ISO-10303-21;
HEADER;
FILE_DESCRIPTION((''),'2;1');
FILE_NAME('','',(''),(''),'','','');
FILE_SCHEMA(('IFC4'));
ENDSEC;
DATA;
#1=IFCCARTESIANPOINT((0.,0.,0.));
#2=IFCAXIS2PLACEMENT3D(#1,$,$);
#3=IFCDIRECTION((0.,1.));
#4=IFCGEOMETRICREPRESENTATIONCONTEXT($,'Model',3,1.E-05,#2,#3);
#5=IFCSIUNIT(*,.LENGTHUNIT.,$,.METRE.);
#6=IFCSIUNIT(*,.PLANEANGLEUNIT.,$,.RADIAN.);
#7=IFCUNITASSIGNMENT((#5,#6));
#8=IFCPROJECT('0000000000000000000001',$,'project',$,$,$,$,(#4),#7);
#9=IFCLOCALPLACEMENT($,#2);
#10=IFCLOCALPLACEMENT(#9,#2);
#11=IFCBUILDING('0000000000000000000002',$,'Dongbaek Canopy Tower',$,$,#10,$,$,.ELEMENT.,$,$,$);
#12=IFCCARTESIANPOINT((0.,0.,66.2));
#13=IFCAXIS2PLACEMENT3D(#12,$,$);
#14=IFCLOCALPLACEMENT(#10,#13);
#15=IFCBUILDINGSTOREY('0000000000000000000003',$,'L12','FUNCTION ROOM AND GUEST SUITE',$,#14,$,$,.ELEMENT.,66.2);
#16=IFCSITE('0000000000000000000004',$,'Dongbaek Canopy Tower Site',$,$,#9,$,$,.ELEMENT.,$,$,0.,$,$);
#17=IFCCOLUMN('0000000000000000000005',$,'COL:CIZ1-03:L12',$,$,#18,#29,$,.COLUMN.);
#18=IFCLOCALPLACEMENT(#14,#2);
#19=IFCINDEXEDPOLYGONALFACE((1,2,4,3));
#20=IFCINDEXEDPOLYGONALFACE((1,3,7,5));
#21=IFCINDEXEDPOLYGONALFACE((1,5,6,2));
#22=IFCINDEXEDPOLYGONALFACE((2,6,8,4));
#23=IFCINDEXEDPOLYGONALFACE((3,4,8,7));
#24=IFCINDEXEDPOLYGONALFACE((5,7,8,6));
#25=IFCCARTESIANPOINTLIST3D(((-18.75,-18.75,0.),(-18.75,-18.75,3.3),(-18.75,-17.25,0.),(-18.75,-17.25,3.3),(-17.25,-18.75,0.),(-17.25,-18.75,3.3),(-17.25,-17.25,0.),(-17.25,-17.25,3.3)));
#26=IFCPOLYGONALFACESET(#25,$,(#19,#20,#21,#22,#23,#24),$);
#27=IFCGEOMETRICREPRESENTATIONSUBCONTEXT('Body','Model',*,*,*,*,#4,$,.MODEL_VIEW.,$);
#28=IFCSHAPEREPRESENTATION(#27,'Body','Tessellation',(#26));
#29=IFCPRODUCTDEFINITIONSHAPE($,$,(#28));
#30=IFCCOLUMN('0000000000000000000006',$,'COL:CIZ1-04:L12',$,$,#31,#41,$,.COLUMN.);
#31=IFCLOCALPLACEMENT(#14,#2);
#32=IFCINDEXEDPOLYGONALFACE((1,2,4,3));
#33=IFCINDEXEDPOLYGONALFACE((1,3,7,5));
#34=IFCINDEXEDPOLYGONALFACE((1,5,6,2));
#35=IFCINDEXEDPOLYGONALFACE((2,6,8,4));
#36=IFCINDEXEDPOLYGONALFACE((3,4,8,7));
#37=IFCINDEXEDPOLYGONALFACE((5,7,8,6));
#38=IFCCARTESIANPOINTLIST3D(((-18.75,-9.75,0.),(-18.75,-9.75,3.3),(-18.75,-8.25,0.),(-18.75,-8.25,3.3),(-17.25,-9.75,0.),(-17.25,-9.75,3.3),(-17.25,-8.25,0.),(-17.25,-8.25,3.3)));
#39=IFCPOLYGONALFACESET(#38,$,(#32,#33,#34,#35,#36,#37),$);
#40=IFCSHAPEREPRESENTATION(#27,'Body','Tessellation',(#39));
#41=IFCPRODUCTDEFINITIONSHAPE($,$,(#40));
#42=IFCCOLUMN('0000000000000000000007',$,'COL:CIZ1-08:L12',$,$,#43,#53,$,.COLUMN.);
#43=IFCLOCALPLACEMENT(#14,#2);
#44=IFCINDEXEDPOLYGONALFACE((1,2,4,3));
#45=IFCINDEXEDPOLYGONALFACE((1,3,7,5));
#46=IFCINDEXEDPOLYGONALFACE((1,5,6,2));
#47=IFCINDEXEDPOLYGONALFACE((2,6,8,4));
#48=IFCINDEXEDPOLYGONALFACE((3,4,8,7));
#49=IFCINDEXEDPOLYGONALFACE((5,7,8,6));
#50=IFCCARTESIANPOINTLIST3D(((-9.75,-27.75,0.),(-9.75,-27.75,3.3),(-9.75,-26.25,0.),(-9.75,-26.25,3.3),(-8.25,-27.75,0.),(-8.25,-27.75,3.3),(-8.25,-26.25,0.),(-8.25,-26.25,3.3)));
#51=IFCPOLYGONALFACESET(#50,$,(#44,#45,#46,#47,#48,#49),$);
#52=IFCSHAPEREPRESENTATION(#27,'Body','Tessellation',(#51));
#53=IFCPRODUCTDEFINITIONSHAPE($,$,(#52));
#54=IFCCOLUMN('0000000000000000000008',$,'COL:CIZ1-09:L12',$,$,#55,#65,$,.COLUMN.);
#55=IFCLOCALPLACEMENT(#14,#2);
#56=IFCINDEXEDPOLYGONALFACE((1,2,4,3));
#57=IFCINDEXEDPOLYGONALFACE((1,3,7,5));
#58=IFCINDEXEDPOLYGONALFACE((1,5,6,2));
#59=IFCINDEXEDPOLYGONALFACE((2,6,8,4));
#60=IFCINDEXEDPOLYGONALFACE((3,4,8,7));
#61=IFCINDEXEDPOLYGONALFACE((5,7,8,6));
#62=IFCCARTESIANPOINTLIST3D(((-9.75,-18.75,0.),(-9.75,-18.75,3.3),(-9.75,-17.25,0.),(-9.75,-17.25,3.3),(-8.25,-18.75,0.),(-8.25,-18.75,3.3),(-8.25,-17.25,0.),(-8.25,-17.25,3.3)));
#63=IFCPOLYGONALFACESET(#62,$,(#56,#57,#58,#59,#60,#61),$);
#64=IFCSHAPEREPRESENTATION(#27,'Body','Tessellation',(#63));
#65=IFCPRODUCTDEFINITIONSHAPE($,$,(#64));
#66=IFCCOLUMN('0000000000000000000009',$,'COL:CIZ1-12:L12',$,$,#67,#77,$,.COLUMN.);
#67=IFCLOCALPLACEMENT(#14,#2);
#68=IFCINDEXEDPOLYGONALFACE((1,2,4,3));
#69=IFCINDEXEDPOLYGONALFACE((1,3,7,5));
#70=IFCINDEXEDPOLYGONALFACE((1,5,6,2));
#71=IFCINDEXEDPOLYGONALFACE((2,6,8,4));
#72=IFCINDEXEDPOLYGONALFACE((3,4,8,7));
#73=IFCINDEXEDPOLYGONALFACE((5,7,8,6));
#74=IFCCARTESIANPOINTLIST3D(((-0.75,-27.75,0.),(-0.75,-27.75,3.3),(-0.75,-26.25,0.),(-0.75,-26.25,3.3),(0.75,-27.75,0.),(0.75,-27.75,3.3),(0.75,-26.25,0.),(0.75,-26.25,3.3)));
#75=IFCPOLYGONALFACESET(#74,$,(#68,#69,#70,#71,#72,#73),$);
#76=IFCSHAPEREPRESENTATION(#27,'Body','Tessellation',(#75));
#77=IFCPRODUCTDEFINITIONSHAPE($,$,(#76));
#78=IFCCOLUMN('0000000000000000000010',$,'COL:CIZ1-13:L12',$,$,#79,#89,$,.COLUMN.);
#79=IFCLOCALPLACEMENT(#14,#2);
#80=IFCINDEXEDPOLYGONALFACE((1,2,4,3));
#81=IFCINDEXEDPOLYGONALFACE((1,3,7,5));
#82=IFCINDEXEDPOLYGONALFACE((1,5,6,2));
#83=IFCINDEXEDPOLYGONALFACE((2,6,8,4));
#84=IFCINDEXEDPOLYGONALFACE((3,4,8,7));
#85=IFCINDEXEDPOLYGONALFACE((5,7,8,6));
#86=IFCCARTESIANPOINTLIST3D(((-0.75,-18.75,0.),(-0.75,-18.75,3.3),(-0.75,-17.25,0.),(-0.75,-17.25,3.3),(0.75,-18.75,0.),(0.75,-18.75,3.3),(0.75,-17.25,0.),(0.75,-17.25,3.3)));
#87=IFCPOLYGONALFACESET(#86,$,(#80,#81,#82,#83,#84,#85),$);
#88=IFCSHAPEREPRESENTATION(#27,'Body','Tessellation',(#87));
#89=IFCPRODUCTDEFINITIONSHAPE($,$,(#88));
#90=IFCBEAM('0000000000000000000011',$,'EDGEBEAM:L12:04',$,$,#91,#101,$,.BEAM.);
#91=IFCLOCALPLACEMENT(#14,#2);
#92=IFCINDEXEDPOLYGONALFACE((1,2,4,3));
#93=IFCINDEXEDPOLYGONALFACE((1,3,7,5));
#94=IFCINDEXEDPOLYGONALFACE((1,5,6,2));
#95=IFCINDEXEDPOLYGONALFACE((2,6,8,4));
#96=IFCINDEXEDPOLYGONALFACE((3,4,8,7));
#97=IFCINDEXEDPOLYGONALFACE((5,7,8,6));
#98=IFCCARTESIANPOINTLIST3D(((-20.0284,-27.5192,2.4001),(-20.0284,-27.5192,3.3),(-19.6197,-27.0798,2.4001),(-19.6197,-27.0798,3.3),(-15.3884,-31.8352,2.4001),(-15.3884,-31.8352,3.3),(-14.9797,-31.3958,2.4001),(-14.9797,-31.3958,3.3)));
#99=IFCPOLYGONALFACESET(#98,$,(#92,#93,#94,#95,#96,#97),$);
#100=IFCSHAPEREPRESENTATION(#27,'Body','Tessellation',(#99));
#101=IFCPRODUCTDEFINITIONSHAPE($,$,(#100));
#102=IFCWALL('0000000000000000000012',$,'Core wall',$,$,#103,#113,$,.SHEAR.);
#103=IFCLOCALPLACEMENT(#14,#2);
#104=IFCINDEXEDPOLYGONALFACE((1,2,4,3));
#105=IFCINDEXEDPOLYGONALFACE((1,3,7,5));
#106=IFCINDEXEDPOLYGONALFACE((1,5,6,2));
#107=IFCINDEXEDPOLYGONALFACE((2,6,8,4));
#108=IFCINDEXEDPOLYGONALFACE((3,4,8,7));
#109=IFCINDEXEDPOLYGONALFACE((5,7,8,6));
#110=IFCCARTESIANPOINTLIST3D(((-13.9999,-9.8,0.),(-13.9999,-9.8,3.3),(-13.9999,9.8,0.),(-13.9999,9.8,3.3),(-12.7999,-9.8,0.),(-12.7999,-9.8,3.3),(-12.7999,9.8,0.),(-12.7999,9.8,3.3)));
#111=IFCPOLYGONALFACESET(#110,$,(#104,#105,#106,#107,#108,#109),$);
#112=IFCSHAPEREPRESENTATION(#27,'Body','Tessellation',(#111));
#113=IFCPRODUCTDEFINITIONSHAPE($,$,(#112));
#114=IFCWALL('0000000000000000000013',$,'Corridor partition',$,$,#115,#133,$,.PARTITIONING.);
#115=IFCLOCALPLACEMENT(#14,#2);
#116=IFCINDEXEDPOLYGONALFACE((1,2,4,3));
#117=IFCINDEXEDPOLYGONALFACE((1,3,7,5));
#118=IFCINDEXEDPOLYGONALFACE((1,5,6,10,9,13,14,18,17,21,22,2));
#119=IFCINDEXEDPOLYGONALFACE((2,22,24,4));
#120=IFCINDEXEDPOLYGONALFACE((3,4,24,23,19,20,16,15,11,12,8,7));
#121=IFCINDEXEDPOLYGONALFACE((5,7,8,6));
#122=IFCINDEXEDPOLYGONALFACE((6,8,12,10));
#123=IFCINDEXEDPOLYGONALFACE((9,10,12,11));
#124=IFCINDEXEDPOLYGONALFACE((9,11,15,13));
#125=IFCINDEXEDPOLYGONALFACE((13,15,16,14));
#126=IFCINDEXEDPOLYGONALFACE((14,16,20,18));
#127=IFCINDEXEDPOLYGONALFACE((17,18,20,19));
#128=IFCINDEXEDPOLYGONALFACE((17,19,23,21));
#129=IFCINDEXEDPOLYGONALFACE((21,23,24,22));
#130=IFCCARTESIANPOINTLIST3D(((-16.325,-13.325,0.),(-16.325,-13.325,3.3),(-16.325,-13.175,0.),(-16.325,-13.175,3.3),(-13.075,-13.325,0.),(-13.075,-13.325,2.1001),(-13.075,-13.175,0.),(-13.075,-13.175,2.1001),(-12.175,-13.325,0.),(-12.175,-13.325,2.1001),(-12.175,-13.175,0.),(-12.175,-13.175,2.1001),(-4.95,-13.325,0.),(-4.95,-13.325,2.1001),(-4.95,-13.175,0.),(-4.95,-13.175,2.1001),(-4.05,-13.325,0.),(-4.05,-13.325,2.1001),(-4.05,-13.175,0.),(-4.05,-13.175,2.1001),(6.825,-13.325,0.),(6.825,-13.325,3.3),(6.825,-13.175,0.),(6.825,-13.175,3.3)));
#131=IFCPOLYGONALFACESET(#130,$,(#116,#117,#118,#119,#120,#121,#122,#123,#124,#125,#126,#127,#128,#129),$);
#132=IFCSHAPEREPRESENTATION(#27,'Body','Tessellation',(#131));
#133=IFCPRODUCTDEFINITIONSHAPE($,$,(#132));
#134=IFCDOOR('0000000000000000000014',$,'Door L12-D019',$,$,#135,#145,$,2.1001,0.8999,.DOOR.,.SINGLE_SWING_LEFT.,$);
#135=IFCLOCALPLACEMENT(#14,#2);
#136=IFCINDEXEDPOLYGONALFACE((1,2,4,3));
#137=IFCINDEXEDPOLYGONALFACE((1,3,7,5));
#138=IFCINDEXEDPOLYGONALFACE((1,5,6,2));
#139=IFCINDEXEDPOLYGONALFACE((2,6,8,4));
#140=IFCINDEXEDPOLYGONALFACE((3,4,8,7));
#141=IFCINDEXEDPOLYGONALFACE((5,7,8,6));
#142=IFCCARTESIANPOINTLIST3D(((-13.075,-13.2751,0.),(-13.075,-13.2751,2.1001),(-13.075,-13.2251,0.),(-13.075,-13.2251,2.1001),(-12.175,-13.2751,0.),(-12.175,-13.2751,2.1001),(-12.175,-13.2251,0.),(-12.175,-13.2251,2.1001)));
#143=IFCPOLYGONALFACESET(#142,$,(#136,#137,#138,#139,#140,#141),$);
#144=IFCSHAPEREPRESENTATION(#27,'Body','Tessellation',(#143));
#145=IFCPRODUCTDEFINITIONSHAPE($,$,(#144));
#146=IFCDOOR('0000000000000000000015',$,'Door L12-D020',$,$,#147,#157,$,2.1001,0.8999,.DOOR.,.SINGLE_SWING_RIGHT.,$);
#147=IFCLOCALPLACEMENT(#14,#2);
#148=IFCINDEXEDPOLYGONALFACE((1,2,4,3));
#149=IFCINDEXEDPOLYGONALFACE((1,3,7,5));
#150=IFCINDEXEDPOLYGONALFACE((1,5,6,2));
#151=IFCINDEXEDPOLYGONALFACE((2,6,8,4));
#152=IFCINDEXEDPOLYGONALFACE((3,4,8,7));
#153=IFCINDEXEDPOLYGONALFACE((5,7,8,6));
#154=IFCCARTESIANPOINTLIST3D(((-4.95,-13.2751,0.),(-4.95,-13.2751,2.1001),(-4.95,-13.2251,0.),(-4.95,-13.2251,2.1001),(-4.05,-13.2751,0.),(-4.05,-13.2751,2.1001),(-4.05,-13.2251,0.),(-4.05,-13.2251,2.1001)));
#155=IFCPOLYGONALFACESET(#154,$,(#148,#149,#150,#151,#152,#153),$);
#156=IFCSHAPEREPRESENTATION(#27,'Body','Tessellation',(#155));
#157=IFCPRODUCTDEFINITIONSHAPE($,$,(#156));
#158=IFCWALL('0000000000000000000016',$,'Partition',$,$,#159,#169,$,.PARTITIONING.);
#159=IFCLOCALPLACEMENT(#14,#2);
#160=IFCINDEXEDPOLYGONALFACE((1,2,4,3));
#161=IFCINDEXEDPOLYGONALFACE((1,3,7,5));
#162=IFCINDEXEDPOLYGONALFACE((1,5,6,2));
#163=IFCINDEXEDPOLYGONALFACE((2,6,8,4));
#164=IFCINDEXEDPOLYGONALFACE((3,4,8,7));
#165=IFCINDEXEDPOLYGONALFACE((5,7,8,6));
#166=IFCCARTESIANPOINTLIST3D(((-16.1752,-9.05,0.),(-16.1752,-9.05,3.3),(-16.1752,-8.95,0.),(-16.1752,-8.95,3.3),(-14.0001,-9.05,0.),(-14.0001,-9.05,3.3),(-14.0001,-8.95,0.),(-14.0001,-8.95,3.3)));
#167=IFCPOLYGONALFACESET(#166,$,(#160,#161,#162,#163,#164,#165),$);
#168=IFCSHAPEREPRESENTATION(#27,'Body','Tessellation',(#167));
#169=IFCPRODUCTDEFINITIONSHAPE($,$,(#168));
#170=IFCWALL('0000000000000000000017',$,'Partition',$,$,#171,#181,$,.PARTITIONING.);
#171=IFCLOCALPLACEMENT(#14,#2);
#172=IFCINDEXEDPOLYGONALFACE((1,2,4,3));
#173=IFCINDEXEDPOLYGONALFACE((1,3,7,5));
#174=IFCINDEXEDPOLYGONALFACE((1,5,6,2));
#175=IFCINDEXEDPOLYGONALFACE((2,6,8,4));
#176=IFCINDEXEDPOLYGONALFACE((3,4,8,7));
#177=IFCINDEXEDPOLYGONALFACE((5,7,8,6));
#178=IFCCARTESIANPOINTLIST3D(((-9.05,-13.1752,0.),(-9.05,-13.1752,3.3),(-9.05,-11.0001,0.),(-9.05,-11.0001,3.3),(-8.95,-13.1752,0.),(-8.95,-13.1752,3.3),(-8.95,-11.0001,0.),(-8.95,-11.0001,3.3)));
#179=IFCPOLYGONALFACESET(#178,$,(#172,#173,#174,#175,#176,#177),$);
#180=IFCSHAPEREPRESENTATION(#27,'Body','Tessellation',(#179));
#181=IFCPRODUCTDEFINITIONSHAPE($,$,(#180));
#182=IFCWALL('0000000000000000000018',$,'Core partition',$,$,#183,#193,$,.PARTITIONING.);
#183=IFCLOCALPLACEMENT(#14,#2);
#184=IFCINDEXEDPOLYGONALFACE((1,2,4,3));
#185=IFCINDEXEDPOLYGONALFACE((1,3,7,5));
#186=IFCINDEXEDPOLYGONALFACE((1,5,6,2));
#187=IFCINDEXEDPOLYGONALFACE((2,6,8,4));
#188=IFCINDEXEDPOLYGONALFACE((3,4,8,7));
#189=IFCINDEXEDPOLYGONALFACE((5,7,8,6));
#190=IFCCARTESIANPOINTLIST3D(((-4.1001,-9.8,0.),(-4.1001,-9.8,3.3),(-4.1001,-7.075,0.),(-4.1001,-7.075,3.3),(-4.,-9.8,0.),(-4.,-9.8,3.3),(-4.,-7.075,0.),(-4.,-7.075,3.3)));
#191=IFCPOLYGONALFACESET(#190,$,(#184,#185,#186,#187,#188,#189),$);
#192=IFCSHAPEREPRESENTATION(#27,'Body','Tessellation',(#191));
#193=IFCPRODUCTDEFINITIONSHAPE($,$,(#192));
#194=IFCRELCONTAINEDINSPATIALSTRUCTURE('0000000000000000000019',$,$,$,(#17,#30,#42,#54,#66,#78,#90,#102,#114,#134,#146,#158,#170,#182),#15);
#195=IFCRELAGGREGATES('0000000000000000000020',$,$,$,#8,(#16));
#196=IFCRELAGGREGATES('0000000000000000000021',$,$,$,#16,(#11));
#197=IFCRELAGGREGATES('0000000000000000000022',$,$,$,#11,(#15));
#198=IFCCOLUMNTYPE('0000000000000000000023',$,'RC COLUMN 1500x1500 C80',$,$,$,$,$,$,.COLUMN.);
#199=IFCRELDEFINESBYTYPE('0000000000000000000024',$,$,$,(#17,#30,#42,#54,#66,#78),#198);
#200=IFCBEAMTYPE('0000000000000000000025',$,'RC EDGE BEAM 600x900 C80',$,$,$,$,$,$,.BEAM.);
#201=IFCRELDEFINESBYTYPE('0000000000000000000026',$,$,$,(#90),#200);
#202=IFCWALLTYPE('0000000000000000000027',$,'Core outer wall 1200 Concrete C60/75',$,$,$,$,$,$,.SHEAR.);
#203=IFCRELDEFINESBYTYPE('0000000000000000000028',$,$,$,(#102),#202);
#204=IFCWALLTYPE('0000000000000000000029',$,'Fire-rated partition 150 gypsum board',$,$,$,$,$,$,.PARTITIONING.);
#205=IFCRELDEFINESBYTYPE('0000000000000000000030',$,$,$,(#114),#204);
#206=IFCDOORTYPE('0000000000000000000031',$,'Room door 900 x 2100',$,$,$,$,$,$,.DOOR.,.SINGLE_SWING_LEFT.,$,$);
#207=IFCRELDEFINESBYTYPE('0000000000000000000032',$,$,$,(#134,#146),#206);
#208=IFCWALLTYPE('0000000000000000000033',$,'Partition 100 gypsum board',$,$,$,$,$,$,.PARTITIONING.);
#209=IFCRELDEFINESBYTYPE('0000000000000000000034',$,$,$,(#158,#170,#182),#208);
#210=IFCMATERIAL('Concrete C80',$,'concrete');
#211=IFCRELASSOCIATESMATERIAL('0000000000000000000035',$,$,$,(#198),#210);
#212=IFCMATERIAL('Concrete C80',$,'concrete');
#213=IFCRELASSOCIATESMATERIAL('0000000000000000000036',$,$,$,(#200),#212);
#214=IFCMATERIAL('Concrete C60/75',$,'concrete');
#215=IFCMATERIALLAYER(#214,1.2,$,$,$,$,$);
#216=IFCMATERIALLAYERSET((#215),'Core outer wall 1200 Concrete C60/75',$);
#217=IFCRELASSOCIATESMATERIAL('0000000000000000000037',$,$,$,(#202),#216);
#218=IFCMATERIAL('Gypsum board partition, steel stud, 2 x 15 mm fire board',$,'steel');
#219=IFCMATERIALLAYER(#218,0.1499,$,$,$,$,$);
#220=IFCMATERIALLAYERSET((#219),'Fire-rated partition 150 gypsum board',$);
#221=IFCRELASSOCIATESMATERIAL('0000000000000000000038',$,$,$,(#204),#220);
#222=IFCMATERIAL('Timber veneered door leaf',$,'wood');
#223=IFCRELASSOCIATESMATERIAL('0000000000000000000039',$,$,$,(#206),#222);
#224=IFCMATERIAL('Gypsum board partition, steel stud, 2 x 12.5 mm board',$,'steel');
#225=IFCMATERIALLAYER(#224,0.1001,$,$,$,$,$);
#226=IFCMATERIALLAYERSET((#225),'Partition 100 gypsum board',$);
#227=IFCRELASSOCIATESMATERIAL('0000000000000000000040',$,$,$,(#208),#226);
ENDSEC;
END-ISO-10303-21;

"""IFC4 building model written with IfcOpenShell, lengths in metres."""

from ifc_helpers import new_model, si_unit, direction, frame, frame_2d, origin, origin_2d, place, context, subcontext, project, spatial, rectangle, extrude, material, layer, layer_set, material_profile, profile_set, type_object, element, fill, save


model = new_model("IFC4")

# Units and contexts
model_context = context("Model", 3, precision=1e-05, world=origin(), true_north=direction((0.0, 1.0)))
body_context = subcontext(model_context, "Body", "Model", "MODEL_VIEW")
ifc_project = project(units=[si_unit("LENGTHUNIT", "METRE"), si_unit("PLANEANGLEUNIT", "RADIAN")], contexts=[model_context])

# Site, building, storey
site_placement = place(None, origin())
site = spatial("IfcSite", under=ifc_project, at=site_placement, Name="Dongbaek Canopy Tower Site", CompositionType="ELEMENT", RefElevation=0.0)
building_placement = place(site_placement, origin())
building = spatial("IfcBuilding", under=site, at=building_placement, Name="Dongbaek Canopy Tower", CompositionType="ELEMENT")
storey_placement = place(building_placement, frame((0.0, 0.0, 66.2)))
storey = spatial("IfcBuildingStorey", under=building, at=storey_placement, Name="L12", Description="FUNCTION ROOM AND GUEST SUITE", CompositionType="ELEMENT", Elevation=66.2)

# Columns
ifc_material_1 = material(Name="Concrete C80", Category="concrete")
ifc_material_profile_1 = material_profile(ifc_material_1, rectangle(XDim=1.5, YDim=1.5, at=origin_2d()), Name="RC COLUMN 1500x1500 C80")
ifc_profile_set_1 = profile_set([ifc_material_profile_1], Name="Concrete C80")
column_type = type_object("IfcColumnType", Name="RC COLUMN 1500x1500 C80", PredefinedType="COLUMN", material=ifc_profile_set_1)
for number, where, z_axis, x_axis, name in (
    (1, (-18.0, -18.0, 0.0), (0.0, 0.0, 1.0), (1.0, 0.0, 0.0), "COL:CIZ1-03:L12"),
    (2, (-18.0, -9.0, 0.0), (0.0, 0.0, 1.0), (1.0, 0.0, 0.0), "COL:CIZ1-04:L12"),
    (3, (-9.0, -27.0, 0.0), (0.0, 0.0, 1.0), (1.0, 0.0, 0.0), "COL:CIZ1-08:L12"),
    (4, (-9.0, -18.0, 0.0), (0.0, 0.0, 1.0), (1.0, 0.0, 0.0), "COL:CIZ1-09:L12"),
    (5, (0.0, -27.0, 0.0), (0.0, 0.0, 1.0), (1.0, 0.0, 0.0), "COL:CIZ1-12:L12"),
    (6, (0.0, -18.0, 0.0), (0.0, 0.0, 1.0), (1.0, 0.0, 0.0), "COL:CIZ1-13:L12"),
):
    element("IfcColumn", number, at=place(storey_placement, frame(where, z_axis=z_axis, x_axis=x_axis)), inside=storey, type_object=column_type, Name=name, PredefinedType="COLUMN", context=body_context, shape_type="SweptSolid", body=[
        extrude(rectangle(XDim=1.5, YDim=1.5, at=origin_2d()), origin(), (0.0, 0.0, 1.0), 3.3),
    ])

# Beam
ifc_material_2 = material(Name="Concrete C80", Category="concrete")
ifc_material_profile_2 = material_profile(ifc_material_2, rectangle(XDim=0.6001, YDim=0.8999, at=origin_2d()), Name="RC EDGE BEAM 600x900 C80")
ifc_profile_set_2 = profile_set([ifc_material_profile_2], Name="Concrete C80")
beam_type = type_object("IfcBeamType", Name="RC EDGE BEAM 600x900 C80", PredefinedType="BEAM", material=ifc_profile_set_2)
beam_placement = place(storey_placement, frame((-15.1841, -31.6155, 2.8501), z_axis=(-0.732207, 0.681082, 0.0), x_axis=(-0.681082, -0.732207, 0.0)))
element("IfcBeam", 7, at=beam_placement, inside=storey, type_object=beam_type, Name="EDGEBEAM:L12:04", PredefinedType="BEAM", context=body_context, shape_type="SweptSolid", body=[
    extrude(rectangle(XDim=0.6001, YDim=0.8999, at=origin_2d()), origin(), (0.0, 0.0, 1.0), 6.3369),
])

# Wall
ifc_material_3 = material(Name="Concrete C60/75", Category="concrete")
ifc_layer_1 = layer(ifc_material_3, 1.2)
ifc_layer_set_1 = layer_set([ifc_layer_1], Name="Core outer wall 1200 Concrete C60/75")
wall_type_1 = type_object("IfcWallType", Name="Core outer wall 1200 Concrete C60/75", PredefinedType="SHEAR", material=ifc_layer_set_1)
wall_1_placement = place(storey_placement, frame((-13.3999, -9.8, 0.0), z_axis=(0.0, 0.0, 1.0), x_axis=(0.0, 1.0, 0.0)))
element("IfcWall", 8, at=wall_1_placement, inside=storey, type_object=wall_type_1, Name="Core wall", PredefinedType="SHEAR", context=body_context, shape_type="SweptSolid", body=[
    extrude(rectangle(XDim=19.6001, YDim=1.2, at=frame_2d((9.8, 0.0))), origin(), (0.0, 0.0, 1.0), 3.3),
])

# Wall, openings, doors
ifc_material_4 = material(Name="Gypsum board partition, steel stud, 2 x 15 mm fire board", Category="steel")
ifc_layer_2 = layer(ifc_material_4, 0.1499)
ifc_layer_set_2 = layer_set([ifc_layer_2], Name="Fire-rated partition 150 gypsum board")
wall_type_2 = type_object("IfcWallType", Name="Fire-rated partition 150 gypsum board", PredefinedType="PARTITIONING", material=ifc_layer_set_2)
wall_2_placement = place(storey_placement, frame((-16.325, -13.25, 0.0), z_axis=(0.0, 0.0, 1.0), x_axis=(1.0, 0.0, 0.0)))
wall_2 = element("IfcWall", 9, at=wall_2_placement, inside=storey, type_object=wall_type_2, Name="Corridor partition", PredefinedType="PARTITIONING", context=body_context, shape_type="SweptSolid", body=[
    extrude(rectangle(XDim=23.1499, YDim=0.1499, at=frame_2d((11.575, 0.0))), origin(), (0.0, 0.0, 1.0), 3.3),
])
opening_1_placement = place(wall_2_placement, frame((3.25, 0.0, 0.0)))
opening_1 = element("IfcOpeningElement", 10, at=opening_1_placement, cuts=wall_2, PredefinedType="OPENING", context=body_context, shape_type="SweptSolid", body=[
    extrude(rectangle(XDim=0.8999, YDim=2.1001, at=frame_2d((0.45, 1.05))), frame((0.0, 0.085, 0.0), z_axis=(0.0, -1.0, 0.0), x_axis=(1.0, 0.0, 0.0)), (0.0, 0.0, 1.0), 0.1699),
])
opening_2_placement = place(wall_2_placement, frame((11.375, 0.0, 0.0)))
opening_2 = element("IfcOpeningElement", 11, at=opening_2_placement, cuts=wall_2, PredefinedType="OPENING", context=body_context, shape_type="SweptSolid", body=[
    extrude(rectangle(XDim=0.8999, YDim=2.1001, at=frame_2d((0.45, 1.05))), frame((0.0, 0.085, 0.0), z_axis=(0.0, -1.0, 0.0), x_axis=(1.0, 0.0, 0.0)), (0.0, 0.0, 1.0), 0.1699),
])
ifc_material_5 = material(Name="Timber veneered door leaf", Category="wood")
door_type_1 = type_object("IfcDoorType", Name="Room door 900 x 2100", OperationType="SINGLE_SWING_LEFT", PredefinedType="DOOR", material=ifc_material_5)
door_1_placement = place(opening_1_placement, origin())
door_1 = element("IfcDoor", 12, at=door_1_placement, inside=storey, type_object=door_type_1, Name="Door L12-D019", OperationType="SINGLE_SWING_LEFT", OverallHeight=2.1001, OverallWidth=0.8999, PredefinedType="DOOR", context=body_context, shape_type="SweptSolid", body=[
    extrude(rectangle(XDim=0.8999, YDim=2.1001, at=frame_2d((0.45, 1.05))), frame((0.0, 0.0249, 0.0), z_axis=(0.0, -1.0, 0.0), x_axis=(1.0, 0.0, 0.0)), (0.0, 0.0, 1.0), 0.05),
])
fill(opening_1, door_1)
door_2_placement = place(opening_2_placement, origin())
door_2 = element("IfcDoor", 13, at=door_2_placement, inside=storey, type_object=door_type_1, Name="Door L12-D020", OperationType="SINGLE_SWING_RIGHT", OverallHeight=2.1001, OverallWidth=0.8999, PredefinedType="DOOR", context=body_context, shape_type="SweptSolid", body=[
    extrude(rectangle(XDim=0.8999, YDim=2.1001, at=frame_2d((0.45, 1.05))), frame((0.0, 0.0249, 0.0), z_axis=(0.0, -1.0, 0.0), x_axis=(1.0, 0.0, 0.0)), (0.0, 0.0, 1.0), 0.05),
])
fill(opening_2, door_2)

# Walls
ifc_material_6 = material(Name="Gypsum board partition, steel stud, 2 x 12.5 mm board", Category="steel")
ifc_layer_3 = layer(ifc_material_6, 0.1001)
ifc_layer_set_3 = layer_set([ifc_layer_3], Name="Partition 100 gypsum board")
wall_type_3 = type_object("IfcWallType", Name="Partition 100 gypsum board", PredefinedType="PARTITIONING", material=ifc_layer_set_3)
for number, where, z_axis, x_axis, name in (
    (14, (-16.175, -9.0, 0.0), (0.0, 0.0, 1.0), (1.0, 0.0, 0.0), "Partition"),
    (15, (-9.0, -13.175, 0.0), (0.0, 0.0, 1.0), (0.0, 1.0, 0.0), "Partition"),
):
    element("IfcWall", number, at=place(storey_placement, frame(where, z_axis=z_axis, x_axis=x_axis)), inside=storey, type_object=wall_type_3, Name=name, PredefinedType="PARTITIONING", context=body_context, shape_type="SweptSolid", body=[
        extrude(rectangle(XDim=2.175, YDim=0.1001, at=frame_2d((1.0874, 0.0))), origin(), (0.0, 0.0, 1.0), 3.3),
    ])
wall_3_placement = place(storey_placement, frame((-4.05, -9.8, 0.0), z_axis=(0.0, 0.0, 1.0), x_axis=(0.0, 1.0, 0.0)))
element("IfcWall", 16, at=wall_3_placement, inside=storey, type_object=wall_type_3, Name="Core partition", PredefinedType="PARTITIONING", context=body_context, shape_type="SweptSolid", body=[
    extrude(rectangle(XDim=2.7251, YDim=0.1001, at=frame_2d((1.3625, 0.0))), origin(), (0.0, 0.0, 1.0), 3.3),
])

save(model, "model.ifc")
